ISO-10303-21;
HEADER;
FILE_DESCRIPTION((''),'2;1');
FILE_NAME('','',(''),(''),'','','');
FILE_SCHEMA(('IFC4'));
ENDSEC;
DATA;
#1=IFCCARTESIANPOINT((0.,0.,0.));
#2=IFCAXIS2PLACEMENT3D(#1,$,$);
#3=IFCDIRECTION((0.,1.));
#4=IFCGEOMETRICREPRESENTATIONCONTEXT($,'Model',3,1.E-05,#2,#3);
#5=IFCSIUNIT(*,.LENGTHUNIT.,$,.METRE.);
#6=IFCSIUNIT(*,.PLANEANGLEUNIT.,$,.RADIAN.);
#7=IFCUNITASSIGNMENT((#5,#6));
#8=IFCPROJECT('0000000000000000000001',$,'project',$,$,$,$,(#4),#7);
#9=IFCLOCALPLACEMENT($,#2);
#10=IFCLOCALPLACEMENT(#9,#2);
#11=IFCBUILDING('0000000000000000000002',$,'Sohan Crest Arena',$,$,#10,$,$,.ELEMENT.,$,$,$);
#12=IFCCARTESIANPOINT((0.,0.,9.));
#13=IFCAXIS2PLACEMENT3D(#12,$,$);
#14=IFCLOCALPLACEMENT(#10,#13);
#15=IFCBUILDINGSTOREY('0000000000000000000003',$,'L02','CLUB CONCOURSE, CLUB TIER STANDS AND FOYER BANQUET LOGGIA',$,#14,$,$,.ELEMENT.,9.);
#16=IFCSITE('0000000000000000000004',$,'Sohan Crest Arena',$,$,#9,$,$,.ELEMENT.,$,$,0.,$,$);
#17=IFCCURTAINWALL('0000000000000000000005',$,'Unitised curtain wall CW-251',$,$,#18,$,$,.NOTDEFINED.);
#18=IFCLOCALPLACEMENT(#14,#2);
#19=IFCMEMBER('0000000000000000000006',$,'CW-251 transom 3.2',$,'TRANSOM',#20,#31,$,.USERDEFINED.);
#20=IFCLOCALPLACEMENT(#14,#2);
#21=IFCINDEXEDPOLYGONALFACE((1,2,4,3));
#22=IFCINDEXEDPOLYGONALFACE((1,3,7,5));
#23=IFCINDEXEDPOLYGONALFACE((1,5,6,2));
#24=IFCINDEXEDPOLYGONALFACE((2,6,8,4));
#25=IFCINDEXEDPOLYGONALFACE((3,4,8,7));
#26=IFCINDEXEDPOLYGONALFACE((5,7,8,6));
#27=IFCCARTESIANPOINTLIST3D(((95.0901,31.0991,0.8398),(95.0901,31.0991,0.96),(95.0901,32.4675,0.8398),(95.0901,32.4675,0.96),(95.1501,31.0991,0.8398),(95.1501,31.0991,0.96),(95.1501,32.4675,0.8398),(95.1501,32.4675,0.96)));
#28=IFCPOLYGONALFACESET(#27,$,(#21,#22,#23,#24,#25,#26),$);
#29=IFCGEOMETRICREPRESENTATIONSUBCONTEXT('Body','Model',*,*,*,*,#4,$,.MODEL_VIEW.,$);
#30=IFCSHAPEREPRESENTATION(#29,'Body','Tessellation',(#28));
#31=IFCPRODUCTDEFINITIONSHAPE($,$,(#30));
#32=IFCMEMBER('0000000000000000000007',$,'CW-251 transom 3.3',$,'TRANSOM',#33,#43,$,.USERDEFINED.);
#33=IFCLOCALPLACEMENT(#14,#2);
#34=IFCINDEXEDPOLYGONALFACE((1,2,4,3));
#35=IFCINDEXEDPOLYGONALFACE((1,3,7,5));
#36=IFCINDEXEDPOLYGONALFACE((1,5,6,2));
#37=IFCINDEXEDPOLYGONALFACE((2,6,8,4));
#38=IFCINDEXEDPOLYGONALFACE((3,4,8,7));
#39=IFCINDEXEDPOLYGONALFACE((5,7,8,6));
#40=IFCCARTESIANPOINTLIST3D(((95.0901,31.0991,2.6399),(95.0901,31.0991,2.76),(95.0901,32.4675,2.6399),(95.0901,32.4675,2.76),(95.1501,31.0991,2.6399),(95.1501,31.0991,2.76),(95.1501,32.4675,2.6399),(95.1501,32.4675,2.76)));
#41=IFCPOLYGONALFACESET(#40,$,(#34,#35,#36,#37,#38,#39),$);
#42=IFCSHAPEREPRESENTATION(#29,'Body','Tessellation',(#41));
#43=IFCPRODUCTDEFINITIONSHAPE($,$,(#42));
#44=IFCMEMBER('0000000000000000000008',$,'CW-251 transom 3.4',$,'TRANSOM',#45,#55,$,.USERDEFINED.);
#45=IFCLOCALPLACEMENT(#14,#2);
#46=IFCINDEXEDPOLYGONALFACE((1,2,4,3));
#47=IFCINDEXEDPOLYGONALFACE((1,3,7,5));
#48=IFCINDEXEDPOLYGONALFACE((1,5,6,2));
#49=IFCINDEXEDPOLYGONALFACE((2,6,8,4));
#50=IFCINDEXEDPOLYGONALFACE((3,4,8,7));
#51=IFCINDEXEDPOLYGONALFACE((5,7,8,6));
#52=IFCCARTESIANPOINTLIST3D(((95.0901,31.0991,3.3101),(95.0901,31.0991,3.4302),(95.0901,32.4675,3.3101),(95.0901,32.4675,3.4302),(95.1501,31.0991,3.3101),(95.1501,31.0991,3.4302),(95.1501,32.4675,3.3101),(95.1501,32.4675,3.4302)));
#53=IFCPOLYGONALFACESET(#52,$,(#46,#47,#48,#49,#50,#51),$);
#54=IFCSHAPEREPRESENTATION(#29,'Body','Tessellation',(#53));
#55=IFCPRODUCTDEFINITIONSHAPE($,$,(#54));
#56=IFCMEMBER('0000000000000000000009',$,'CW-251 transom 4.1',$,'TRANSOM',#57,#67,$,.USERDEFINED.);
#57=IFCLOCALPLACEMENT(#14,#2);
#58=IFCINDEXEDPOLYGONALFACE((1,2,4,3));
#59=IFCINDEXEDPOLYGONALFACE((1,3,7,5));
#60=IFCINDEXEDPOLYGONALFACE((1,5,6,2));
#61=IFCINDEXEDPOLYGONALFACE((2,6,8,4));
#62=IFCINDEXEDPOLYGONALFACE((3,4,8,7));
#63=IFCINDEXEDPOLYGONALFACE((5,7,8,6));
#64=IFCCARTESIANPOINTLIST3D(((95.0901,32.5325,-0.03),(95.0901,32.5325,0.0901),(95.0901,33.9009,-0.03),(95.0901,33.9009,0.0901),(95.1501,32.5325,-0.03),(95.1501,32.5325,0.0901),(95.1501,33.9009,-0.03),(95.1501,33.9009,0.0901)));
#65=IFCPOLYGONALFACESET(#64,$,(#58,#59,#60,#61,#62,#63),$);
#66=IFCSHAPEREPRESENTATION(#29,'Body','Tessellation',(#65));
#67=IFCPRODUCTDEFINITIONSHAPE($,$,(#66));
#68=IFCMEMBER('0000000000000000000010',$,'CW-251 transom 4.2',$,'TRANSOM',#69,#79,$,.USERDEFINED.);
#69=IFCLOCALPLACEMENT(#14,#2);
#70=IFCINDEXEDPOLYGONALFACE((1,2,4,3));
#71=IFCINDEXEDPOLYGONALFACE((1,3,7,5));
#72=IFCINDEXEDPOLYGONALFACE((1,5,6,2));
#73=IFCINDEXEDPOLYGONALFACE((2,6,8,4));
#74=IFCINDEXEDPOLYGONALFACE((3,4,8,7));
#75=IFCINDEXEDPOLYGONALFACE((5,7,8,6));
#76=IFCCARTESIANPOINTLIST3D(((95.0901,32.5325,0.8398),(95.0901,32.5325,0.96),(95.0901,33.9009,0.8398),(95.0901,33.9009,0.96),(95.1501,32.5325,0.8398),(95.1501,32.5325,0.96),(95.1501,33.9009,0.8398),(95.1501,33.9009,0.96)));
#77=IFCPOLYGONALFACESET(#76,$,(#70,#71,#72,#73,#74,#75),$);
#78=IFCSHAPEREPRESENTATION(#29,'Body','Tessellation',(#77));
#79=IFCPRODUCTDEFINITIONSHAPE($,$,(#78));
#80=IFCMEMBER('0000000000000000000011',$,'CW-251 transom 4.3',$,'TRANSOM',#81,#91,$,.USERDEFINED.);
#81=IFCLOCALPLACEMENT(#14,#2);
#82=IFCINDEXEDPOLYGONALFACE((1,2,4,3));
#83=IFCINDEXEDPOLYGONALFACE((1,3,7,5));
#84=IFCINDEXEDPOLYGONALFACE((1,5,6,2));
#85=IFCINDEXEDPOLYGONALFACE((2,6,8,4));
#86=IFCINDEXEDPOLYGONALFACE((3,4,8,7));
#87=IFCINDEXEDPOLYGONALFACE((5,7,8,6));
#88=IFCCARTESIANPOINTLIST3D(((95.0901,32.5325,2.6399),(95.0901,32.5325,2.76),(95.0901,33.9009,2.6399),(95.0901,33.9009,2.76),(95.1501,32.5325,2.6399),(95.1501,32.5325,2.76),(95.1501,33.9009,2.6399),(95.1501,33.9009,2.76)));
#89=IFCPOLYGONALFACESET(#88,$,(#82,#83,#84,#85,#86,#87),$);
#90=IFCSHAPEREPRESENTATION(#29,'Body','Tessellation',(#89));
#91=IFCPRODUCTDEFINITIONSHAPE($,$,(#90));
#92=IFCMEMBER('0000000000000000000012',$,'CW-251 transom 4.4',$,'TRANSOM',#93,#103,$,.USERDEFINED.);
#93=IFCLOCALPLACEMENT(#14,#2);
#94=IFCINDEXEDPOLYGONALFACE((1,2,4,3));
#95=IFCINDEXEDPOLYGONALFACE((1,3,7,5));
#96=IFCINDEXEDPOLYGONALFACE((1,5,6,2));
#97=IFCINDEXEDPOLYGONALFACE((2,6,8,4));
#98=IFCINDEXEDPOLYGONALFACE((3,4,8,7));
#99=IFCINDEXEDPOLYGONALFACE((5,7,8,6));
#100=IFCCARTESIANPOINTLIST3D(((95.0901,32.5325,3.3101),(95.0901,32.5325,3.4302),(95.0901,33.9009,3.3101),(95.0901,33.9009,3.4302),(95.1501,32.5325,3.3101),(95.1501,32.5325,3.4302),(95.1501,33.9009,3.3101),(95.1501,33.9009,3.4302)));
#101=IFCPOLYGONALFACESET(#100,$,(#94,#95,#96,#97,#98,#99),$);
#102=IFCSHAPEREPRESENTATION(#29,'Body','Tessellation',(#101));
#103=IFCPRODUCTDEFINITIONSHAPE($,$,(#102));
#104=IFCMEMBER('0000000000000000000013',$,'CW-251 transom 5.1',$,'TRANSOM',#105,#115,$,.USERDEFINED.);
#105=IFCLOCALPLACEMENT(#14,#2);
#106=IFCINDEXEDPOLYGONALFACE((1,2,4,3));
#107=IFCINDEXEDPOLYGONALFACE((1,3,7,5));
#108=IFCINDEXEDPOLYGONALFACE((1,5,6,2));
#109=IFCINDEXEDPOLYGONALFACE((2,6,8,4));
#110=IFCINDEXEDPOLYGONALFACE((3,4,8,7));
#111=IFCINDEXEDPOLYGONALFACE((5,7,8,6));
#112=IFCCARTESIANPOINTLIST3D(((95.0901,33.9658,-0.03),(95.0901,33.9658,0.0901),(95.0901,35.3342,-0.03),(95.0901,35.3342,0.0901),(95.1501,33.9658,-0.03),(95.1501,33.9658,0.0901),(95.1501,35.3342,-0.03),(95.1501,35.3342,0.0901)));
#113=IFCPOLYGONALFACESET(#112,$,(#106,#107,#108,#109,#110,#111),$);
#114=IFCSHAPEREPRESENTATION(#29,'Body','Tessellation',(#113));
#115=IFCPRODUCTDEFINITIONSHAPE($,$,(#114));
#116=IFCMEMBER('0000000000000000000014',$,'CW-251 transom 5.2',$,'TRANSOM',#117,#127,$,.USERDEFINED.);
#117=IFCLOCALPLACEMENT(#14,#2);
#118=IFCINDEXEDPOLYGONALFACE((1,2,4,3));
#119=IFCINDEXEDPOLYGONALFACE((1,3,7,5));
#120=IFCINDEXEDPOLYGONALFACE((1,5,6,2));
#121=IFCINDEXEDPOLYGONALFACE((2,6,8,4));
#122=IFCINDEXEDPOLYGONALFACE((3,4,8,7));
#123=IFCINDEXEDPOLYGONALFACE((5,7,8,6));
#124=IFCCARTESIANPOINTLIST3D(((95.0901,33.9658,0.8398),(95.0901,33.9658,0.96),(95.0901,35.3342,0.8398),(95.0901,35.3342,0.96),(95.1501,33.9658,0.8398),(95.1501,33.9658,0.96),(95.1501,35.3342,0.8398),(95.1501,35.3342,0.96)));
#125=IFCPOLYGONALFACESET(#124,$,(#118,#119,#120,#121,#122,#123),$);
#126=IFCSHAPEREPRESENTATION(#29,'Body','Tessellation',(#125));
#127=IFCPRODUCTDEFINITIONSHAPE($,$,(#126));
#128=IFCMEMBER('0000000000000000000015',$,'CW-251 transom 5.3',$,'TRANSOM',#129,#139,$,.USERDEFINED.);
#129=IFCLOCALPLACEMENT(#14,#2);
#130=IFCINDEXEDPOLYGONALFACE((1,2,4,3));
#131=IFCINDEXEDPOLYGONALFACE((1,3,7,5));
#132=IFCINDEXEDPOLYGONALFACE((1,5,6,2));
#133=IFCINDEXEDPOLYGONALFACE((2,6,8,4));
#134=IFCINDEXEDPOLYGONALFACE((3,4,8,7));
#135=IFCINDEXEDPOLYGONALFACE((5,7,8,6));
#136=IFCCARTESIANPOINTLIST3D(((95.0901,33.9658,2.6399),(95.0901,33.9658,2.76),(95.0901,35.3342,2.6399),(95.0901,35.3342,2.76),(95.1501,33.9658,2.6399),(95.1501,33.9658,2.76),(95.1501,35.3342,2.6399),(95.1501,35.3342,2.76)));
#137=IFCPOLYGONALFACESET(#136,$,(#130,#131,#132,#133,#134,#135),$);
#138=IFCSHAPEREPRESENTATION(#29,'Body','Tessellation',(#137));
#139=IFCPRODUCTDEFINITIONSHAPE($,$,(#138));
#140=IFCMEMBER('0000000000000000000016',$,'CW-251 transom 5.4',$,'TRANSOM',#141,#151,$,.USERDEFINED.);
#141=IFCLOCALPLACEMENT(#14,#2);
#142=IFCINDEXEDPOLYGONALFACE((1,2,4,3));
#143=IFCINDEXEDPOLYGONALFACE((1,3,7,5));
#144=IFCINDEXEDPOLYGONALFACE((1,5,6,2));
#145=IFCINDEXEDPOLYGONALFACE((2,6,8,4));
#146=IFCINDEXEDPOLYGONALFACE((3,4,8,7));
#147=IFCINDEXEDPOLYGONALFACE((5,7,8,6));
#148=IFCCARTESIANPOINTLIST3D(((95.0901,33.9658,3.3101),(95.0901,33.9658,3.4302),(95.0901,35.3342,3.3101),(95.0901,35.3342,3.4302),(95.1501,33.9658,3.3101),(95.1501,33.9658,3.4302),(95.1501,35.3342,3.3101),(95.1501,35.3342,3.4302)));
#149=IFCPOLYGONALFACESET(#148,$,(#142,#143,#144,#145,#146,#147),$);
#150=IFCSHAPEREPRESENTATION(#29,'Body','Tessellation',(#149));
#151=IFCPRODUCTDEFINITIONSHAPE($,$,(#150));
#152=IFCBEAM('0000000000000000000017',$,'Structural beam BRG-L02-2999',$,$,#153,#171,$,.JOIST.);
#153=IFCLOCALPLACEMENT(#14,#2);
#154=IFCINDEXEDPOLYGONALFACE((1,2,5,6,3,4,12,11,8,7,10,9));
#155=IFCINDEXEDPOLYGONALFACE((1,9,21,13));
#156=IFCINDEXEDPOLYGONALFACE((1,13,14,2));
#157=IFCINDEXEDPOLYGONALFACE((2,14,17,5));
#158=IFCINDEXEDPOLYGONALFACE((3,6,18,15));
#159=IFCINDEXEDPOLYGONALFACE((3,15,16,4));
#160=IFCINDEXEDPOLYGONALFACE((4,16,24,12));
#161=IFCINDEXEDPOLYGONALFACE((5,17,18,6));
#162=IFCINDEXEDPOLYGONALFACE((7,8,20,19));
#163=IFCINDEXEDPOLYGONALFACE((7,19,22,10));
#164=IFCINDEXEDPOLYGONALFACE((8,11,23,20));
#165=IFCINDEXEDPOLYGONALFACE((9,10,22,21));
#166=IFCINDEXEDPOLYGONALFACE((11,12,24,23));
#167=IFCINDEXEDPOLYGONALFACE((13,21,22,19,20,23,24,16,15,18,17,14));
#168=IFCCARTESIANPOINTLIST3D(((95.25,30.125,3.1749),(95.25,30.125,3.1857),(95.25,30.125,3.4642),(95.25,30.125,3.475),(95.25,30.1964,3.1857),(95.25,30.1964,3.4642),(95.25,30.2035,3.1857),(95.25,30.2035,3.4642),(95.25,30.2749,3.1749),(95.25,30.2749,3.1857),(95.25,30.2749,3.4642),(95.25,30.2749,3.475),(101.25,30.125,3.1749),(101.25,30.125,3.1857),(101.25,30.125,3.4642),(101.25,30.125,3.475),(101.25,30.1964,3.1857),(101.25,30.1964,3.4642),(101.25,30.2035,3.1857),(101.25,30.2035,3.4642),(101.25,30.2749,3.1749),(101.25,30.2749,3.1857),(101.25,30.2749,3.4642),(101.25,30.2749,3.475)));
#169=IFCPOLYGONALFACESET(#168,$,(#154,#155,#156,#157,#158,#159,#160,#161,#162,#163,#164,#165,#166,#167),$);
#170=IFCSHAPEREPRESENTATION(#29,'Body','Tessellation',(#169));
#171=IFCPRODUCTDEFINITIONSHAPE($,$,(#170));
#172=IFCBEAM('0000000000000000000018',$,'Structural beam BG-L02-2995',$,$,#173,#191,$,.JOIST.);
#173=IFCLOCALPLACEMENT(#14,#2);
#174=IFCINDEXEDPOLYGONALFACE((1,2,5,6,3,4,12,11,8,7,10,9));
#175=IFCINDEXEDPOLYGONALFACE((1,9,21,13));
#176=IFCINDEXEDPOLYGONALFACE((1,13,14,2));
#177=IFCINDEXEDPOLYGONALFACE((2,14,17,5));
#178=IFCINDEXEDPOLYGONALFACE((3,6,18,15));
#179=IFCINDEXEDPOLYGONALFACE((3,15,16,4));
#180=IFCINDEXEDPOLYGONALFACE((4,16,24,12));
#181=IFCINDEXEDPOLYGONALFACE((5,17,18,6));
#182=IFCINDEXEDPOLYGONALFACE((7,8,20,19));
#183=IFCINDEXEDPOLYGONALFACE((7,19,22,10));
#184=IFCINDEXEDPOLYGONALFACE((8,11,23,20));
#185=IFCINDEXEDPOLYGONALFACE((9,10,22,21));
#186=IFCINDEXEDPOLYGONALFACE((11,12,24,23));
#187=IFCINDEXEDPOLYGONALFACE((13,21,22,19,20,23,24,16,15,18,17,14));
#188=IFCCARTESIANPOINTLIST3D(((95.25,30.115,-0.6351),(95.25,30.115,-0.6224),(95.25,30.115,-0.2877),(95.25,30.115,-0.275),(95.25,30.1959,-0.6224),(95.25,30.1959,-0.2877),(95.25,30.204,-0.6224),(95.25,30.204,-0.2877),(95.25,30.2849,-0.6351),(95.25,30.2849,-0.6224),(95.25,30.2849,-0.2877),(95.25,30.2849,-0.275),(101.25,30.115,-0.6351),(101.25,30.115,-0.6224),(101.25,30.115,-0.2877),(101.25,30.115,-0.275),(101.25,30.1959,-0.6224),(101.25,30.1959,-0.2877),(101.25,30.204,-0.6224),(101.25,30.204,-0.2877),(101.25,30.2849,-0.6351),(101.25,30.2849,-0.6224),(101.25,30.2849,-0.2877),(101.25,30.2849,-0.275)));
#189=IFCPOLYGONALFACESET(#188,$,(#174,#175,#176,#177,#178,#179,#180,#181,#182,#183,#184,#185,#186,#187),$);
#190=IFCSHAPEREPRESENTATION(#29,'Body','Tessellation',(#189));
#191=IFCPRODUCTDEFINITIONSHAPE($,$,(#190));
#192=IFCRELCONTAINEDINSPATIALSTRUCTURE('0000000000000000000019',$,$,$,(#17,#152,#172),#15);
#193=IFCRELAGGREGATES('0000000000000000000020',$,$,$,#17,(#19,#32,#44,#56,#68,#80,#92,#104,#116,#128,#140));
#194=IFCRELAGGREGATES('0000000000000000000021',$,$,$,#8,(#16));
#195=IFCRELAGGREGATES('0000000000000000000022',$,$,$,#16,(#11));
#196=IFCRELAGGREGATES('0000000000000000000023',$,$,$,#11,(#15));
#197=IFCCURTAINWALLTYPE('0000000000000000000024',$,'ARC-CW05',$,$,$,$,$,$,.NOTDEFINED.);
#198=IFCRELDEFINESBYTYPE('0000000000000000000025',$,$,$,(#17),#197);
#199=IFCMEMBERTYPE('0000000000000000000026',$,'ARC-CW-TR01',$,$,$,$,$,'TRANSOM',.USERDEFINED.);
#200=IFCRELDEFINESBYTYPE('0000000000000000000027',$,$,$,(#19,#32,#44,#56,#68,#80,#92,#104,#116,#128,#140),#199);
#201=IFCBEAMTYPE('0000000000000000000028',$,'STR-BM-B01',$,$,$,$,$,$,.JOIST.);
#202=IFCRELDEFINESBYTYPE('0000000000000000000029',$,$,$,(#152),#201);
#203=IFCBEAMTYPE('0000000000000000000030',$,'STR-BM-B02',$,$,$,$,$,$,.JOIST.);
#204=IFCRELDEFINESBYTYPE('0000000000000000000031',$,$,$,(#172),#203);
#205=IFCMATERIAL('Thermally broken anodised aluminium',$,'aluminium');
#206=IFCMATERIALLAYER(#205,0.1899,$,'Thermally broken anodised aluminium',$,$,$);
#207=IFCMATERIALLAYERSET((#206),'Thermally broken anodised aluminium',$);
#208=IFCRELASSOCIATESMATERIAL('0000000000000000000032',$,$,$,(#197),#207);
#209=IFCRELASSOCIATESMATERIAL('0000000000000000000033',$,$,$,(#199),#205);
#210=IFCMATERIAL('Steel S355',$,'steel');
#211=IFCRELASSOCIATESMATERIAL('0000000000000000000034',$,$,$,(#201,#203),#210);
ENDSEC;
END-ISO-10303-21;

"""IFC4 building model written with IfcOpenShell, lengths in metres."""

from ifc_helpers import new_model, si_unit, direction, frame, origin, origin_2d, place, context, subcontext, project, spatial, rectangle, i_section, extrude, material, layer, layer_set, material_profile, profile_set, type_object, element, aggregate, save


model = new_model("IFC4")

# Units and contexts
model_context = context("Model", 3, precision=1e-05, world=origin(), true_north=direction((0.0, 1.0)))
body_context = subcontext(model_context, "Body", "Model", "MODEL_VIEW")
ifc_project = project(units=[si_unit("LENGTHUNIT", "METRE"), si_unit("PLANEANGLEUNIT", "RADIAN")], contexts=[model_context])

# Site, building, storey
site_placement = place(None, origin())
site = spatial("IfcSite", under=ifc_project, at=site_placement, Name="Sohan Crest Arena", CompositionType="ELEMENT", RefElevation=0.0)
building_placement = place(site_placement, origin())
building = spatial("IfcBuilding", under=site, at=building_placement, Name="Sohan Crest Arena", CompositionType="ELEMENT")
storey_placement = place(building_placement, frame((0.0, 0.0, 9.0)))
storey = spatial("IfcBuildingStorey", under=building, at=storey_placement, Name="L02", Description="CLUB CONCOURSE, CLUB TIER STANDS AND FOYER BANQUET LOGGIA", CompositionType="ELEMENT", Elevation=9.0)

# Shared definitions
ifc_material_1 = material(Name="Steel S355", Category="steel")

# Curtain wall
ifc_material_2 = material(Name="Thermally broken anodised aluminium", Category="aluminium")
ifc_layer_1 = layer(ifc_material_2, 0.1899, Name="Thermally broken anodised aluminium")
ifc_layer_set_1 = layer_set([ifc_layer_1], Name="Thermally broken anodised aluminium")
curtain_wall_type = type_object("IfcCurtainWallType", Name="ARC-CW05", PredefinedType="NOTDEFINED", material=ifc_layer_set_1)
curtain_wall_1_placement = place(storey_placement, origin())
curtain_wall_1 = element("IfcCurtainWall", 1, at=curtain_wall_1_placement, inside=storey, type_object=curtain_wall_type, Name="Unitised curtain wall CW-251", PredefinedType="NOTDEFINED")

# Members
ifc_material_profile_1 = material_profile(ifc_material_2, rectangle(XDim=0.0601, YDim=0.1201, at=origin_2d()), Name="ALU-TRAN 60x120")
ifc_profile_set_1 = profile_set([ifc_material_profile_1], Name="Thermally broken anodised aluminium")
member_type_1 = type_object("IfcMemberType", Name="ARC-CW-TR01", ElementType="TRANSOM", PredefinedType="USERDEFINED", material=ifc_profile_set_1)
member_1_placement = place(storey_placement, frame((95.1201, 31.0991, 0.8999), z_axis=(0.0, 1.0, 0.0), x_axis=(-1.0, 0.0, 0.0)))
member_1 = element("IfcMember", 2, at=member_1_placement, type_object=member_type_1, Name="CW-251 transom 3.2", ObjectType="TRANSOM", PredefinedType="USERDEFINED", context=body_context, shape_type="SweptSolid", body=[
    extrude(rectangle(XDim=0.0601, YDim=0.1201, at=origin_2d()), origin(), (0.0, 0.0, 1.0), 1.3684),
])
member_2_placement = place(storey_placement, frame((95.1201, 31.0991, 2.7), z_axis=(0.0, 1.0, 0.0), x_axis=(-1.0, 0.0, 0.0)))
member_2 = element("IfcMember", 3, at=member_2_placement, type_object=member_type_1, Name="CW-251 transom 3.3", ObjectType="TRANSOM", PredefinedType="USERDEFINED", context=body_context, shape_type="SweptSolid", body=[
    extrude(rectangle(XDim=0.0601, YDim=0.1201, at=origin_2d()), origin(), (0.0, 0.0, 1.0), 1.3684),
])
member_3_placement = place(storey_placement, frame((95.1201, 31.0991, 3.3701), z_axis=(0.0, 1.0, 0.0), x_axis=(-1.0, 0.0, 0.0)))
member_3 = element("IfcMember", 4, at=member_3_placement, type_object=member_type_1, Name="CW-251 transom 3.4", ObjectType="TRANSOM", PredefinedType="USERDEFINED", context=body_context, shape_type="SweptSolid", body=[
    extrude(rectangle(XDim=0.0601, YDim=0.1201, at=origin_2d()), origin(), (0.0, 0.0, 1.0), 1.3684),
])
member_4_placement = place(storey_placement, frame((95.1201, 32.5325, 0.03), z_axis=(0.0, 1.0, 0.0), x_axis=(-1.0, 0.0, 0.0)))
member_4 = element("IfcMember", 5, at=member_4_placement, type_object=member_type_1, Name="CW-251 transom 4.1", ObjectType="TRANSOM", PredefinedType="USERDEFINED", context=body_context, shape_type="SweptSolid", body=[
    extrude(rectangle(XDim=0.0601, YDim=0.1201, at=origin_2d()), origin(), (0.0, 0.0, 1.0), 1.3684),
])
member_5_placement = place(storey_placement, frame((95.1201, 32.5325, 0.8999), z_axis=(0.0, 1.0, 0.0), x_axis=(-1.0, 0.0, 0.0)))
member_5 = element("IfcMember", 6, at=member_5_placement, type_object=member_type_1, Name="CW-251 transom 4.2", ObjectType="TRANSOM", PredefinedType="USERDEFINED", context=body_context, shape_type="SweptSolid", body=[
    extrude(rectangle(XDim=0.0601, YDim=0.1201, at=origin_2d()), origin(), (0.0, 0.0, 1.0), 1.3684),
])
member_6_placement = place(storey_placement, frame((95.1201, 32.5325, 2.7), z_axis=(0.0, 1.0, 0.0), x_axis=(-1.0, 0.0, 0.0)))
member_6 = element("IfcMember", 7, at=member_6_placement, type_object=member_type_1, Name="CW-251 transom 4.3", ObjectType="TRANSOM", PredefinedType="USERDEFINED", context=body_context, shape_type="SweptSolid", body=[
    extrude(rectangle(XDim=0.0601, YDim=0.1201, at=origin_2d()), origin(), (0.0, 0.0, 1.0), 1.3684),
])
member_7_placement = place(storey_placement, frame((95.1201, 32.5325, 3.3701), z_axis=(0.0, 1.0, 0.0), x_axis=(-1.0, 0.0, 0.0)))
member_7 = element("IfcMember", 8, at=member_7_placement, type_object=member_type_1, Name="CW-251 transom 4.4", ObjectType="TRANSOM", PredefinedType="USERDEFINED", context=body_context, shape_type="SweptSolid", body=[
    extrude(rectangle(XDim=0.0601, YDim=0.1201, at=origin_2d()), origin(), (0.0, 0.0, 1.0), 1.3684),
])
member_8_placement = place(storey_placement, frame((95.1201, 33.9658, 0.03), z_axis=(0.0, 1.0, 0.0), x_axis=(-1.0, 0.0, 0.0)))
member_8 = element("IfcMember", 9, at=member_8_placement, type_object=member_type_1, Name="CW-251 transom 5.1", ObjectType="TRANSOM", PredefinedType="USERDEFINED", context=body_context, shape_type="SweptSolid", body=[
    extrude(rectangle(XDim=0.0601, YDim=0.1201, at=origin_2d()), origin(), (0.0, 0.0, 1.0), 1.3684),
])
member_9_placement = place(storey_placement, frame((95.1201, 33.9658, 0.8999), z_axis=(0.0, 1.0, 0.0), x_axis=(-1.0, 0.0, 0.0)))
member_9 = element("IfcMember", 10, at=member_9_placement, type_object=member_type_1, Name="CW-251 transom 5.2", ObjectType="TRANSOM", PredefinedType="USERDEFINED", context=body_context, shape_type="SweptSolid", body=[
    extrude(rectangle(XDim=0.0601, YDim=0.1201, at=origin_2d()), origin(), (0.0, 0.0, 1.0), 1.3684),
])
member_10_placement = place(storey_placement, frame((95.1201, 33.9658, 2.7), z_axis=(0.0, 1.0, 0.0), x_axis=(-1.0, 0.0, 0.0)))
member_10 = element("IfcMember", 11, at=member_10_placement, type_object=member_type_1, Name="CW-251 transom 5.3", ObjectType="TRANSOM", PredefinedType="USERDEFINED", context=body_context, shape_type="SweptSolid", body=[
    extrude(rectangle(XDim=0.0601, YDim=0.1201, at=origin_2d()), origin(), (0.0, 0.0, 1.0), 1.3684),
])
member_11_placement = place(storey_placement, frame((95.1201, 33.9658, 3.3701), z_axis=(0.0, 1.0, 0.0), x_axis=(-1.0, 0.0, 0.0)))
member_11 = element("IfcMember", 12, at=member_11_placement, type_object=member_type_1, Name="CW-251 transom 5.4", ObjectType="TRANSOM", PredefinedType="USERDEFINED", context=body_context, shape_type="SweptSolid", body=[
    extrude(rectangle(XDim=0.0601, YDim=0.1201, at=origin_2d()), origin(), (0.0, 0.0, 1.0), 1.3684),
])

# Beams
ifc_material_profile_2 = material_profile(ifc_material_1, i_section(OverallWidth=0.1499, OverallDepth=0.3, WebThickness=0.0071, FlangeThickness=0.0107, at=origin_2d()), Name="IPE 300")
ifc_profile_set_2 = profile_set([ifc_material_profile_2], Name="Steel S355")
beam_type_1 = type_object("IfcBeamType", Name="STR-BM-B01", PredefinedType="JOIST", material=ifc_profile_set_2)
beam_1_placement = place(storey_placement, frame((95.25, 30.2, 3.325), z_axis=(1.0, 0.0, 0.0), x_axis=(0.0, 1.0, 0.0)))
element("IfcBeam", 13, at=beam_1_placement, inside=storey, type_object=beam_type_1, Name="Structural beam BRG-L02-2999", PredefinedType="JOIST", context=body_context, shape_type="SweptSolid", body=[
    extrude(i_section(OverallWidth=0.1499, OverallDepth=0.3, WebThickness=0.0071, FlangeThickness=0.0107, at=origin_2d()), origin(), (0.0, 0.0, 1.0), 6.0),
])
ifc_material_profile_3 = material_profile(ifc_material_1, i_section(OverallWidth=0.1699, OverallDepth=0.3601, WebThickness=0.0081, FlangeThickness=0.0127, at=origin_2d()), Name="IPE 360")
ifc_profile_set_3 = profile_set([ifc_material_profile_3], Name="Steel S355")
beam_type_2 = type_object("IfcBeamType", Name="STR-BM-B02", PredefinedType="JOIST", material=ifc_profile_set_3)
beam_2_placement = place(storey_placement, frame((95.25, 30.2, -0.4551), z_axis=(1.0, 0.0, 0.0), x_axis=(0.0, 1.0, 0.0)))
element("IfcBeam", 14, at=beam_2_placement, inside=storey, type_object=beam_type_2, Name="Structural beam BG-L02-2995", PredefinedType="JOIST", context=body_context, shape_type="SweptSolid", body=[
    extrude(i_section(OverallWidth=0.1699, OverallDepth=0.3601, WebThickness=0.0081, FlangeThickness=0.0127, at=origin_2d()), origin(), (0.0, 0.0, 1.0), 6.0),
])

aggregate(curtain_wall_1, [member_1, member_2, member_3, member_4, member_5, member_6, member_7, member_8, member_9, member_10, member_11])

save(model, "model.ifc")
